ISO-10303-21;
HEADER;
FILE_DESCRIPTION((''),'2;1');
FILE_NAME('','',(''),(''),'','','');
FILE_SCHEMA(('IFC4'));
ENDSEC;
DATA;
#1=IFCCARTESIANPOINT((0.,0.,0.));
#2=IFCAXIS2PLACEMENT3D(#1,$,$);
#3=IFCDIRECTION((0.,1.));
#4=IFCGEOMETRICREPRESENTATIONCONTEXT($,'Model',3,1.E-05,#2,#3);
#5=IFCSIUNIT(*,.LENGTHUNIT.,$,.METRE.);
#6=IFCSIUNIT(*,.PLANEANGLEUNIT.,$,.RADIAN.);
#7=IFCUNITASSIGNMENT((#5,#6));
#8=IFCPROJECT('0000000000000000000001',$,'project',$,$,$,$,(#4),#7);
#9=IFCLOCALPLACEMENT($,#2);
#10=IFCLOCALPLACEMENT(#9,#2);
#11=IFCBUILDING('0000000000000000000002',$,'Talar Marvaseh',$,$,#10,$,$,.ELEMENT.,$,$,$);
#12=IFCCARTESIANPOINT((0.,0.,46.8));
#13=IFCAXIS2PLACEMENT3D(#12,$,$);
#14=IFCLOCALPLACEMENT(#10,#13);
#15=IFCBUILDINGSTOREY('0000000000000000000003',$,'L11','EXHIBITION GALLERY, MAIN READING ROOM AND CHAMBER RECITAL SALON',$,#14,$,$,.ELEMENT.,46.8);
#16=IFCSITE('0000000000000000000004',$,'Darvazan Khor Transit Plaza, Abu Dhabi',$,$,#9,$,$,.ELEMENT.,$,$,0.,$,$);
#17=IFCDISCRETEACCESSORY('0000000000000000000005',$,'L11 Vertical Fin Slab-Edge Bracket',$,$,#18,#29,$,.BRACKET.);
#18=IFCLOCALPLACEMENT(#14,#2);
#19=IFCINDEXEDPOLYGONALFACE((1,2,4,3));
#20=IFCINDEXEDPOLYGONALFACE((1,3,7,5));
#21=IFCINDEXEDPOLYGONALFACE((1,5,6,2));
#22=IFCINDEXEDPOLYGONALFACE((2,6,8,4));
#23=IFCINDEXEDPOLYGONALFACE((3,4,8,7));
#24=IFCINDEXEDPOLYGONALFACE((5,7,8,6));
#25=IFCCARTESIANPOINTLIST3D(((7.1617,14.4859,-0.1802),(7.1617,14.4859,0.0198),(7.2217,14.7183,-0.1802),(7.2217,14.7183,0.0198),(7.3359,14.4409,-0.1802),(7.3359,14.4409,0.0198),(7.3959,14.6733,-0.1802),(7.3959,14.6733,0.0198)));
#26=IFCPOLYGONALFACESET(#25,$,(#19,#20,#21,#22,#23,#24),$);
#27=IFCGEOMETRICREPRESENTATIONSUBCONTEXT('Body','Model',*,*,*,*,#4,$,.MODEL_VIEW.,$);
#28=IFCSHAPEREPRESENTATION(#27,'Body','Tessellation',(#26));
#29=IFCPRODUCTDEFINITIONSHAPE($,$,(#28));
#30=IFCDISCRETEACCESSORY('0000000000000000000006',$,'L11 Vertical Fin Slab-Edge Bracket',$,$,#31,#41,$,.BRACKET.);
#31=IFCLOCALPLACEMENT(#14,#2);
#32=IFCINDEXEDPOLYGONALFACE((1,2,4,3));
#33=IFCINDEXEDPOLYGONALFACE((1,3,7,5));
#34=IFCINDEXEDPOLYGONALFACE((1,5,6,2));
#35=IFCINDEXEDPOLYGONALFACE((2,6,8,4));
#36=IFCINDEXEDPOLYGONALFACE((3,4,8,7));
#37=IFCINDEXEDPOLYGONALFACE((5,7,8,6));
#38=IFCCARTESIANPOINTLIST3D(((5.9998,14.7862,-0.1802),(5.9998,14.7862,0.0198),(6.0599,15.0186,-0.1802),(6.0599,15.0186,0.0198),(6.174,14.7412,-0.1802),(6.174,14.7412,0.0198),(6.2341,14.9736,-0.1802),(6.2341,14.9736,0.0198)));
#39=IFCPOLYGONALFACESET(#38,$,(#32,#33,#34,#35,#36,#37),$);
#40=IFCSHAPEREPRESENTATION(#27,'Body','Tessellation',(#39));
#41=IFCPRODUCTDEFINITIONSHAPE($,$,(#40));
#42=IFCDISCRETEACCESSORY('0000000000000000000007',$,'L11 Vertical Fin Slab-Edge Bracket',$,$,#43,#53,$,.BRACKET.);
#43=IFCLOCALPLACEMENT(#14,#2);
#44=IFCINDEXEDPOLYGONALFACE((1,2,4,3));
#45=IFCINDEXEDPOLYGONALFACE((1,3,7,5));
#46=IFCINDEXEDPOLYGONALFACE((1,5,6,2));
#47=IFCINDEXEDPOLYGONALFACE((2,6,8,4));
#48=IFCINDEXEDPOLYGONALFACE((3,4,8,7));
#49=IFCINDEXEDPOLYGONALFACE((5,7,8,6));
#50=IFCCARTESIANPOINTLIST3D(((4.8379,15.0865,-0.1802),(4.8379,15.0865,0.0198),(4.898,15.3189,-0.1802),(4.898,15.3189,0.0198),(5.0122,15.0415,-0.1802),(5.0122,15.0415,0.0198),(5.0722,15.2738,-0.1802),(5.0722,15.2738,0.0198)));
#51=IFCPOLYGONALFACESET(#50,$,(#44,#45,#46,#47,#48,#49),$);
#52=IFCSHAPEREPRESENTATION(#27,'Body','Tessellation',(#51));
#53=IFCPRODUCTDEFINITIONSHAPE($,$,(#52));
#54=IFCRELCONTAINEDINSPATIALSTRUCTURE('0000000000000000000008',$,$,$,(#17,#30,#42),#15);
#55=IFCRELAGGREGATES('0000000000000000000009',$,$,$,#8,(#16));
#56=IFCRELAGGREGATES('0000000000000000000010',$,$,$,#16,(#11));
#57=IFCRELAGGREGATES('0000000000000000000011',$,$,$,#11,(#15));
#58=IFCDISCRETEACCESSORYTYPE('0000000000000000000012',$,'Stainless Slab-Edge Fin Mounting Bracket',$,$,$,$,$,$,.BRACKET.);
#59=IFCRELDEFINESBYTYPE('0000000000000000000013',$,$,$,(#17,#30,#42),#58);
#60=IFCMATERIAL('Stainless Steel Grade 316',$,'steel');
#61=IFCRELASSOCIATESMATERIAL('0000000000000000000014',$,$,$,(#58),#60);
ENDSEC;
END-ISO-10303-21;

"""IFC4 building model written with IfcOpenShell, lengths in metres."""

from ifc_helpers import new_model, si_unit, direction, frame, origin, origin_2d, place, context, subcontext, project, spatial, rectangle, extrude, source, transform, mapped, material, type_object, type_shapes, element, save


model = new_model("IFC4")

# Units and contexts
model_context = context("Model", 3, precision=1e-05, world=origin(), true_north=direction((0.0, 1.0)))
body_context = subcontext(model_context, "Body", "Model", "MODEL_VIEW")
ifc_project = project(units=[si_unit("LENGTHUNIT", "METRE"), si_unit("PLANEANGLEUNIT", "RADIAN")], contexts=[model_context])

# Site, building, storey
site_placement = place(None, origin())
site = spatial("IfcSite", under=ifc_project, at=site_placement, Name="Darvazan Khor Transit Plaza, Abu Dhabi", CompositionType="ELEMENT", RefElevation=0.0)
building_placement = place(site_placement, origin())
building = spatial("IfcBuilding", under=site, at=building_placement, Name="Talar Marvaseh", CompositionType="ELEMENT")
storey_placement = place(building_placement, frame((0.0, 0.0, 46.8)))
storey = spatial("IfcBuildingStorey", under=building, at=storey_placement, Name="L11", Description="EXHIBITION GALLERY, MAIN READING ROOM AND CHAMBER RECITAL SALON", CompositionType="ELEMENT", Elevation=46.8)

# Discrete accessories
ifc_material_1 = material(Name="Stainless Steel Grade 316", Category="steel")
discrete_accessory_type = type_object("IfcDiscreteAccessoryType", Name="Stainless Slab-Edge Fin Mounting Bracket", PredefinedType="BRACKET", material=ifc_material_1)
shared_shape_1 = source(origin(), body_context, "Body", "SweptSolid", [
    extrude(rectangle(XDim=0.24, YDim=0.1799, at=origin_2d()), origin(), (0.0, 0.0, 1.0), 0.2),
])
type_shapes(discrete_accessory_type, [shared_shape_1])
for number, where, z_axis, x_axis, name in (
    (1, (7.2788, 14.5796, -0.1802), (0.0, 0.0, 1.0), (-0.250211, -0.968191, 0.0), "L11 Vertical Fin Slab-Edge Bracket"),
    (2, (6.1169, 14.8799, -0.1802), (0.0, 0.0, 1.0), (-0.250211, -0.968191, 0.0), "L11 Vertical Fin Slab-Edge Bracket"),
    (3, (4.9551, 15.1802, -0.1802), (0.0, 0.0, 1.0), (-0.250211, -0.968191, 0.0), "L11 Vertical Fin Slab-Edge Bracket"),
):
    element("IfcDiscreteAccessory", number, at=place(storey_placement, frame(where, z_axis=z_axis, x_axis=x_axis)), inside=storey, type_object=discrete_accessory_type, Name=name, PredefinedType="BRACKET", context=body_context, shape_type="MappedRepresentation", body=[
        mapped(shared_shape_1, transform((0.0, 0.0, 0.0), x_axis=(1.0, 0.0, 0.0), y_axis=(0.0, 1.0, 0.0), z_axis=(0.0, 0.0, 1.0), scale=1.0)),
    ])

save(model, "model.ifc")
